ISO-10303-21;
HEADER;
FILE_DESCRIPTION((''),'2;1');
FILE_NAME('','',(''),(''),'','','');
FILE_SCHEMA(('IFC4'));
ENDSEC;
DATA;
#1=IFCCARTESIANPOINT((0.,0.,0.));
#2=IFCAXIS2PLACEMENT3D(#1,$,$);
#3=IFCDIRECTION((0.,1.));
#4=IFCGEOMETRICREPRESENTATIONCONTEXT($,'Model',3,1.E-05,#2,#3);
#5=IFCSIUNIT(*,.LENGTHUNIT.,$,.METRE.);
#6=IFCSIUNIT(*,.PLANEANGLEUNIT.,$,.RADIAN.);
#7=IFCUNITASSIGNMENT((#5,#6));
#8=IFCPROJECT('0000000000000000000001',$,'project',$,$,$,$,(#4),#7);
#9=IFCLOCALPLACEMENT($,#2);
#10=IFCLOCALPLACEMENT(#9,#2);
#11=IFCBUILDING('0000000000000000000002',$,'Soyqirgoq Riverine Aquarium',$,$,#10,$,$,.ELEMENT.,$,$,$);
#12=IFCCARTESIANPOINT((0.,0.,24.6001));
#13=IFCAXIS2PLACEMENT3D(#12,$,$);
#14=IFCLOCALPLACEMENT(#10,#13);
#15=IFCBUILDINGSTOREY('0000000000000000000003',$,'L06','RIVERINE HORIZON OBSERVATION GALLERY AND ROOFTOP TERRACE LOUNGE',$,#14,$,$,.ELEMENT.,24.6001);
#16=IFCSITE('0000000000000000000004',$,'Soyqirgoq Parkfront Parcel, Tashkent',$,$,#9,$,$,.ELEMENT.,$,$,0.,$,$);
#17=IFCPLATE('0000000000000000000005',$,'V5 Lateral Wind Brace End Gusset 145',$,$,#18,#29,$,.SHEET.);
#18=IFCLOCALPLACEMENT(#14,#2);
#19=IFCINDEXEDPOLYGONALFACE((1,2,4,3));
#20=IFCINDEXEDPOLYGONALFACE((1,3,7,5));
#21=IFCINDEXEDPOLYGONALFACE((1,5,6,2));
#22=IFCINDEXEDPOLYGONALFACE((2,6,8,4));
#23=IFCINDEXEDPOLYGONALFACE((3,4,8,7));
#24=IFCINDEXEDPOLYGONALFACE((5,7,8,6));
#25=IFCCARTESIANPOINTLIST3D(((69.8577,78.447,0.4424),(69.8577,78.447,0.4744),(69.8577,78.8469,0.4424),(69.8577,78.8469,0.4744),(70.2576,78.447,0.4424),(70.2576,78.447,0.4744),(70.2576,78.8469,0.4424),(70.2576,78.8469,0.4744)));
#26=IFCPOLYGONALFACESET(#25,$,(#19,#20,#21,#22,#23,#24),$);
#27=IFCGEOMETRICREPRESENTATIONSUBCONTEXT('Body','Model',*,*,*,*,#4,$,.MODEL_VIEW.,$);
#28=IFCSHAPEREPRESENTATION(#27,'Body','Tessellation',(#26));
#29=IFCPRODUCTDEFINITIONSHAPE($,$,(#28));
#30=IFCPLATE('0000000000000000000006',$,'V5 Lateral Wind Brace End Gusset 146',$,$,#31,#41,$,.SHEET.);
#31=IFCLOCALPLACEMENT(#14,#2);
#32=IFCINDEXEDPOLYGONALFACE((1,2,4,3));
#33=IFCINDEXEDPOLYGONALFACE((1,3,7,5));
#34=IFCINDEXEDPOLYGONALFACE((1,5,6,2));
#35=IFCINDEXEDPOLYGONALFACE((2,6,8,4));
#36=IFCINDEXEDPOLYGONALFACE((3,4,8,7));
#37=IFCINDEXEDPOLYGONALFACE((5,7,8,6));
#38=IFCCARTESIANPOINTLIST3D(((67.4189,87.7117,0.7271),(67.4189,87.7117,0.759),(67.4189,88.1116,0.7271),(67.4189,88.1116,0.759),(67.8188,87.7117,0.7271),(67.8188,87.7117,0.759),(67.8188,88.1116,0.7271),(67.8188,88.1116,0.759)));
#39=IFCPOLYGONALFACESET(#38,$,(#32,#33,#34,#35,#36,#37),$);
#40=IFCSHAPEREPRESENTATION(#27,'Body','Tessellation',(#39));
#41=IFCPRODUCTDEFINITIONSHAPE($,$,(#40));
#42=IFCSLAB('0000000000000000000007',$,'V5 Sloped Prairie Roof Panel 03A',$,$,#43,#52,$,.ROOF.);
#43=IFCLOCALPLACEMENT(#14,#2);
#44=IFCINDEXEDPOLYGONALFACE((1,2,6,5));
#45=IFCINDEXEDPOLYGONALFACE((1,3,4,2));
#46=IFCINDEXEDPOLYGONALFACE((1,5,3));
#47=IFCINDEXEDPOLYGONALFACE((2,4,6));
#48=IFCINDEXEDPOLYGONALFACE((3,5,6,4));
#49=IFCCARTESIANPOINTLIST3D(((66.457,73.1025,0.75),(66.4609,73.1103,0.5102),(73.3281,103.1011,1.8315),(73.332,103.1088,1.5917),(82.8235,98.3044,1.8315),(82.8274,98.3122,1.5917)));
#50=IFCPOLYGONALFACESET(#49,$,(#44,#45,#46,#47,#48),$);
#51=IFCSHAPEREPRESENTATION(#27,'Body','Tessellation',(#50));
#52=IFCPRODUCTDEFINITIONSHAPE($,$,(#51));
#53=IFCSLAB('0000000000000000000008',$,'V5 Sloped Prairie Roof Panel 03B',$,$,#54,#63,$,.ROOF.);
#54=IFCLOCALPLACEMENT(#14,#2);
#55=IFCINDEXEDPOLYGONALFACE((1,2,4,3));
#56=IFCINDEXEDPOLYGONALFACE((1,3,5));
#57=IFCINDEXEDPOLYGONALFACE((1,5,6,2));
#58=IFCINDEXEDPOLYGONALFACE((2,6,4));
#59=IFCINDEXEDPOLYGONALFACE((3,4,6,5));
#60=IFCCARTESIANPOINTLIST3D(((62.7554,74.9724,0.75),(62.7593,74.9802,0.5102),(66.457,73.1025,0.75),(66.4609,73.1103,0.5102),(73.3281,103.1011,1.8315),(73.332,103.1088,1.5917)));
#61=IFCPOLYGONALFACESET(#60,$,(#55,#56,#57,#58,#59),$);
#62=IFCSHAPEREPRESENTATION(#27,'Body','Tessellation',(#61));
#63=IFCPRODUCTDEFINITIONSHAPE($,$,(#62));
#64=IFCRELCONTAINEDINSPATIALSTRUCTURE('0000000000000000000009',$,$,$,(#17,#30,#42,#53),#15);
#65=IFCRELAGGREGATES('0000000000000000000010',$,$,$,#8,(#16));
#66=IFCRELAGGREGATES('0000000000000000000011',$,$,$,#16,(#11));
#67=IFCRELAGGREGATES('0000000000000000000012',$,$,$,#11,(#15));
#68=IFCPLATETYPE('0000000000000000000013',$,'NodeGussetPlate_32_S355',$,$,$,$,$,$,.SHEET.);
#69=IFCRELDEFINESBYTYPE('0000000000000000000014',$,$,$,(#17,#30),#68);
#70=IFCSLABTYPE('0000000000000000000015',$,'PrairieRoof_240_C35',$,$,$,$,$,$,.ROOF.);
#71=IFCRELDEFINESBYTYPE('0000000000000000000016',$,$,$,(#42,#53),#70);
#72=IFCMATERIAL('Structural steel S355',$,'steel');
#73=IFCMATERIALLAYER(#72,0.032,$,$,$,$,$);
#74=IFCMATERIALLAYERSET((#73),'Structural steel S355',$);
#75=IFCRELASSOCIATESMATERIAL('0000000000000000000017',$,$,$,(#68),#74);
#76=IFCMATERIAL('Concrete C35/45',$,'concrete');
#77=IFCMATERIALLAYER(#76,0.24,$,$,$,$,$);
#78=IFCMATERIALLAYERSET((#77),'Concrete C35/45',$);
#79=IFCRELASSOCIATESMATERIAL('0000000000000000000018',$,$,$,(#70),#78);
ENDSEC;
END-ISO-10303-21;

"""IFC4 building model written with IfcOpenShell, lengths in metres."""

from ifc_helpers import new_model, si_unit, direction, frame, origin, origin_2d, place, context, subcontext, project, spatial, polyline, rectangle, outline, extrude, material, layer, layer_set, type_object, element, save


model = new_model("IFC4")

# Units and contexts
model_context = context("Model", 3, precision=1e-05, world=origin(), true_north=direction((0.0, 1.0)))
body_context = subcontext(model_context, "Body", "Model", "MODEL_VIEW")
ifc_project = project(units=[si_unit("LENGTHUNIT", "METRE"), si_unit("PLANEANGLEUNIT", "RADIAN")], contexts=[model_context])

# Site, building, storey
site_placement = place(None, origin())
site = spatial("IfcSite", under=ifc_project, at=site_placement, Name="Soyqirgoq Parkfront Parcel, Tashkent", CompositionType="ELEMENT", RefElevation=0.0)
building_placement = place(site_placement, origin())
building = spatial("IfcBuilding", under=site, at=building_placement, Name="Soyqirgoq Riverine Aquarium", CompositionType="ELEMENT")
storey_placement = place(building_placement, frame((0.0, 0.0, 24.6001)))
storey = spatial("IfcBuildingStorey", under=building, at=storey_placement, Name="L06", Description="RIVERINE HORIZON OBSERVATION GALLERY AND ROOFTOP TERRACE LOUNGE", CompositionType="ELEMENT", Elevation=24.6001)

# Plates
ifc_material_1 = material(Name="Structural steel S355", Category="steel")
ifc_layer_1 = layer(ifc_material_1, 0.032)
ifc_layer_set_1 = layer_set([ifc_layer_1], Name="Structural steel S355")
plate_type_1 = type_object("IfcPlateType", Name="NodeGussetPlate_32_S355", PredefinedType="SHEET", material=ifc_layer_set_1)
for number, where, z_axis, x_axis, name in (
    (1, (70.0576, 78.647, 0.4424), (0.0, 0.0, 1.0), (1.0, 0.0, 0.0), "V5 Lateral Wind Brace End Gusset 145"),
    (2, (67.6189, 87.9116, 0.7271), (0.0, 0.0, 1.0), (1.0, 0.0, 0.0), "V5 Lateral Wind Brace End Gusset 146"),
):
    element("IfcPlate", number, at=place(storey_placement, frame(where, z_axis=z_axis, x_axis=x_axis)), inside=storey, type_object=plate_type_1, Name=name, PredefinedType="SHEET", context=body_context, shape_type="SweptSolid", body=[
        extrude(rectangle(XDim=0.3999, YDim=0.3999, at=origin_2d()), origin(), (0.0, 0.0, 1.0), 0.032),
    ])

# Slabs
ifc_material_2 = material(Name="Concrete C35/45", Category="concrete")
ifc_layer_2 = layer(ifc_material_2, 0.24)
ifc_layer_set_2 = layer_set([ifc_layer_2], Name="Concrete C35/45")
slab_type = type_object("IfcSlabType", Name="PrairieRoof_240_C35", PredefinedType="ROOF", material=ifc_layer_set_2)
slab_1_placement = place(storey_placement, frame((66.457, 73.1025, 0.75), z_axis=(-0.016313, -0.032293, 0.999345), x_axis=(0.54429, 0.838126, 0.035968)))
element("IfcSlab", 3, at=slab_1_placement, inside=storey, type_object=slab_type, Name="V5 Sloped Prairie Roof Panel 03A", PredefinedType="ROOF", context=body_context, shape_type="SweptSolid", body=[
    extrude(outline(polyline([(0.0, 0.0), (30.0694, 0.0), (28.9213, 10.576), (0.0, 0.0)])), origin(), (0.0, 0.0, -1.0), 0.24),
])
slab_2_placement = place(storey_placement, frame((66.457, 73.1025, 0.75), z_axis=(-0.016313, -0.032293, 0.999345), x_axis=(0.223128, 0.974156, 0.035121)))
element("IfcSlab", 4, at=slab_2_placement, inside=storey, type_object=slab_type, Name="V5 Sloped Prairie Roof Panel 03B", PredefinedType="ROOF", context=body_context, shape_type="SweptSolid", body=[
    extrude(outline(polyline([(0.0, 0.0), (30.7944, 0.0), (0.9956, 4.0259), (0.0, 0.0)])), origin(), (0.0, 0.0, -1.0), 0.24),
])

save(model, "model.ifc")
